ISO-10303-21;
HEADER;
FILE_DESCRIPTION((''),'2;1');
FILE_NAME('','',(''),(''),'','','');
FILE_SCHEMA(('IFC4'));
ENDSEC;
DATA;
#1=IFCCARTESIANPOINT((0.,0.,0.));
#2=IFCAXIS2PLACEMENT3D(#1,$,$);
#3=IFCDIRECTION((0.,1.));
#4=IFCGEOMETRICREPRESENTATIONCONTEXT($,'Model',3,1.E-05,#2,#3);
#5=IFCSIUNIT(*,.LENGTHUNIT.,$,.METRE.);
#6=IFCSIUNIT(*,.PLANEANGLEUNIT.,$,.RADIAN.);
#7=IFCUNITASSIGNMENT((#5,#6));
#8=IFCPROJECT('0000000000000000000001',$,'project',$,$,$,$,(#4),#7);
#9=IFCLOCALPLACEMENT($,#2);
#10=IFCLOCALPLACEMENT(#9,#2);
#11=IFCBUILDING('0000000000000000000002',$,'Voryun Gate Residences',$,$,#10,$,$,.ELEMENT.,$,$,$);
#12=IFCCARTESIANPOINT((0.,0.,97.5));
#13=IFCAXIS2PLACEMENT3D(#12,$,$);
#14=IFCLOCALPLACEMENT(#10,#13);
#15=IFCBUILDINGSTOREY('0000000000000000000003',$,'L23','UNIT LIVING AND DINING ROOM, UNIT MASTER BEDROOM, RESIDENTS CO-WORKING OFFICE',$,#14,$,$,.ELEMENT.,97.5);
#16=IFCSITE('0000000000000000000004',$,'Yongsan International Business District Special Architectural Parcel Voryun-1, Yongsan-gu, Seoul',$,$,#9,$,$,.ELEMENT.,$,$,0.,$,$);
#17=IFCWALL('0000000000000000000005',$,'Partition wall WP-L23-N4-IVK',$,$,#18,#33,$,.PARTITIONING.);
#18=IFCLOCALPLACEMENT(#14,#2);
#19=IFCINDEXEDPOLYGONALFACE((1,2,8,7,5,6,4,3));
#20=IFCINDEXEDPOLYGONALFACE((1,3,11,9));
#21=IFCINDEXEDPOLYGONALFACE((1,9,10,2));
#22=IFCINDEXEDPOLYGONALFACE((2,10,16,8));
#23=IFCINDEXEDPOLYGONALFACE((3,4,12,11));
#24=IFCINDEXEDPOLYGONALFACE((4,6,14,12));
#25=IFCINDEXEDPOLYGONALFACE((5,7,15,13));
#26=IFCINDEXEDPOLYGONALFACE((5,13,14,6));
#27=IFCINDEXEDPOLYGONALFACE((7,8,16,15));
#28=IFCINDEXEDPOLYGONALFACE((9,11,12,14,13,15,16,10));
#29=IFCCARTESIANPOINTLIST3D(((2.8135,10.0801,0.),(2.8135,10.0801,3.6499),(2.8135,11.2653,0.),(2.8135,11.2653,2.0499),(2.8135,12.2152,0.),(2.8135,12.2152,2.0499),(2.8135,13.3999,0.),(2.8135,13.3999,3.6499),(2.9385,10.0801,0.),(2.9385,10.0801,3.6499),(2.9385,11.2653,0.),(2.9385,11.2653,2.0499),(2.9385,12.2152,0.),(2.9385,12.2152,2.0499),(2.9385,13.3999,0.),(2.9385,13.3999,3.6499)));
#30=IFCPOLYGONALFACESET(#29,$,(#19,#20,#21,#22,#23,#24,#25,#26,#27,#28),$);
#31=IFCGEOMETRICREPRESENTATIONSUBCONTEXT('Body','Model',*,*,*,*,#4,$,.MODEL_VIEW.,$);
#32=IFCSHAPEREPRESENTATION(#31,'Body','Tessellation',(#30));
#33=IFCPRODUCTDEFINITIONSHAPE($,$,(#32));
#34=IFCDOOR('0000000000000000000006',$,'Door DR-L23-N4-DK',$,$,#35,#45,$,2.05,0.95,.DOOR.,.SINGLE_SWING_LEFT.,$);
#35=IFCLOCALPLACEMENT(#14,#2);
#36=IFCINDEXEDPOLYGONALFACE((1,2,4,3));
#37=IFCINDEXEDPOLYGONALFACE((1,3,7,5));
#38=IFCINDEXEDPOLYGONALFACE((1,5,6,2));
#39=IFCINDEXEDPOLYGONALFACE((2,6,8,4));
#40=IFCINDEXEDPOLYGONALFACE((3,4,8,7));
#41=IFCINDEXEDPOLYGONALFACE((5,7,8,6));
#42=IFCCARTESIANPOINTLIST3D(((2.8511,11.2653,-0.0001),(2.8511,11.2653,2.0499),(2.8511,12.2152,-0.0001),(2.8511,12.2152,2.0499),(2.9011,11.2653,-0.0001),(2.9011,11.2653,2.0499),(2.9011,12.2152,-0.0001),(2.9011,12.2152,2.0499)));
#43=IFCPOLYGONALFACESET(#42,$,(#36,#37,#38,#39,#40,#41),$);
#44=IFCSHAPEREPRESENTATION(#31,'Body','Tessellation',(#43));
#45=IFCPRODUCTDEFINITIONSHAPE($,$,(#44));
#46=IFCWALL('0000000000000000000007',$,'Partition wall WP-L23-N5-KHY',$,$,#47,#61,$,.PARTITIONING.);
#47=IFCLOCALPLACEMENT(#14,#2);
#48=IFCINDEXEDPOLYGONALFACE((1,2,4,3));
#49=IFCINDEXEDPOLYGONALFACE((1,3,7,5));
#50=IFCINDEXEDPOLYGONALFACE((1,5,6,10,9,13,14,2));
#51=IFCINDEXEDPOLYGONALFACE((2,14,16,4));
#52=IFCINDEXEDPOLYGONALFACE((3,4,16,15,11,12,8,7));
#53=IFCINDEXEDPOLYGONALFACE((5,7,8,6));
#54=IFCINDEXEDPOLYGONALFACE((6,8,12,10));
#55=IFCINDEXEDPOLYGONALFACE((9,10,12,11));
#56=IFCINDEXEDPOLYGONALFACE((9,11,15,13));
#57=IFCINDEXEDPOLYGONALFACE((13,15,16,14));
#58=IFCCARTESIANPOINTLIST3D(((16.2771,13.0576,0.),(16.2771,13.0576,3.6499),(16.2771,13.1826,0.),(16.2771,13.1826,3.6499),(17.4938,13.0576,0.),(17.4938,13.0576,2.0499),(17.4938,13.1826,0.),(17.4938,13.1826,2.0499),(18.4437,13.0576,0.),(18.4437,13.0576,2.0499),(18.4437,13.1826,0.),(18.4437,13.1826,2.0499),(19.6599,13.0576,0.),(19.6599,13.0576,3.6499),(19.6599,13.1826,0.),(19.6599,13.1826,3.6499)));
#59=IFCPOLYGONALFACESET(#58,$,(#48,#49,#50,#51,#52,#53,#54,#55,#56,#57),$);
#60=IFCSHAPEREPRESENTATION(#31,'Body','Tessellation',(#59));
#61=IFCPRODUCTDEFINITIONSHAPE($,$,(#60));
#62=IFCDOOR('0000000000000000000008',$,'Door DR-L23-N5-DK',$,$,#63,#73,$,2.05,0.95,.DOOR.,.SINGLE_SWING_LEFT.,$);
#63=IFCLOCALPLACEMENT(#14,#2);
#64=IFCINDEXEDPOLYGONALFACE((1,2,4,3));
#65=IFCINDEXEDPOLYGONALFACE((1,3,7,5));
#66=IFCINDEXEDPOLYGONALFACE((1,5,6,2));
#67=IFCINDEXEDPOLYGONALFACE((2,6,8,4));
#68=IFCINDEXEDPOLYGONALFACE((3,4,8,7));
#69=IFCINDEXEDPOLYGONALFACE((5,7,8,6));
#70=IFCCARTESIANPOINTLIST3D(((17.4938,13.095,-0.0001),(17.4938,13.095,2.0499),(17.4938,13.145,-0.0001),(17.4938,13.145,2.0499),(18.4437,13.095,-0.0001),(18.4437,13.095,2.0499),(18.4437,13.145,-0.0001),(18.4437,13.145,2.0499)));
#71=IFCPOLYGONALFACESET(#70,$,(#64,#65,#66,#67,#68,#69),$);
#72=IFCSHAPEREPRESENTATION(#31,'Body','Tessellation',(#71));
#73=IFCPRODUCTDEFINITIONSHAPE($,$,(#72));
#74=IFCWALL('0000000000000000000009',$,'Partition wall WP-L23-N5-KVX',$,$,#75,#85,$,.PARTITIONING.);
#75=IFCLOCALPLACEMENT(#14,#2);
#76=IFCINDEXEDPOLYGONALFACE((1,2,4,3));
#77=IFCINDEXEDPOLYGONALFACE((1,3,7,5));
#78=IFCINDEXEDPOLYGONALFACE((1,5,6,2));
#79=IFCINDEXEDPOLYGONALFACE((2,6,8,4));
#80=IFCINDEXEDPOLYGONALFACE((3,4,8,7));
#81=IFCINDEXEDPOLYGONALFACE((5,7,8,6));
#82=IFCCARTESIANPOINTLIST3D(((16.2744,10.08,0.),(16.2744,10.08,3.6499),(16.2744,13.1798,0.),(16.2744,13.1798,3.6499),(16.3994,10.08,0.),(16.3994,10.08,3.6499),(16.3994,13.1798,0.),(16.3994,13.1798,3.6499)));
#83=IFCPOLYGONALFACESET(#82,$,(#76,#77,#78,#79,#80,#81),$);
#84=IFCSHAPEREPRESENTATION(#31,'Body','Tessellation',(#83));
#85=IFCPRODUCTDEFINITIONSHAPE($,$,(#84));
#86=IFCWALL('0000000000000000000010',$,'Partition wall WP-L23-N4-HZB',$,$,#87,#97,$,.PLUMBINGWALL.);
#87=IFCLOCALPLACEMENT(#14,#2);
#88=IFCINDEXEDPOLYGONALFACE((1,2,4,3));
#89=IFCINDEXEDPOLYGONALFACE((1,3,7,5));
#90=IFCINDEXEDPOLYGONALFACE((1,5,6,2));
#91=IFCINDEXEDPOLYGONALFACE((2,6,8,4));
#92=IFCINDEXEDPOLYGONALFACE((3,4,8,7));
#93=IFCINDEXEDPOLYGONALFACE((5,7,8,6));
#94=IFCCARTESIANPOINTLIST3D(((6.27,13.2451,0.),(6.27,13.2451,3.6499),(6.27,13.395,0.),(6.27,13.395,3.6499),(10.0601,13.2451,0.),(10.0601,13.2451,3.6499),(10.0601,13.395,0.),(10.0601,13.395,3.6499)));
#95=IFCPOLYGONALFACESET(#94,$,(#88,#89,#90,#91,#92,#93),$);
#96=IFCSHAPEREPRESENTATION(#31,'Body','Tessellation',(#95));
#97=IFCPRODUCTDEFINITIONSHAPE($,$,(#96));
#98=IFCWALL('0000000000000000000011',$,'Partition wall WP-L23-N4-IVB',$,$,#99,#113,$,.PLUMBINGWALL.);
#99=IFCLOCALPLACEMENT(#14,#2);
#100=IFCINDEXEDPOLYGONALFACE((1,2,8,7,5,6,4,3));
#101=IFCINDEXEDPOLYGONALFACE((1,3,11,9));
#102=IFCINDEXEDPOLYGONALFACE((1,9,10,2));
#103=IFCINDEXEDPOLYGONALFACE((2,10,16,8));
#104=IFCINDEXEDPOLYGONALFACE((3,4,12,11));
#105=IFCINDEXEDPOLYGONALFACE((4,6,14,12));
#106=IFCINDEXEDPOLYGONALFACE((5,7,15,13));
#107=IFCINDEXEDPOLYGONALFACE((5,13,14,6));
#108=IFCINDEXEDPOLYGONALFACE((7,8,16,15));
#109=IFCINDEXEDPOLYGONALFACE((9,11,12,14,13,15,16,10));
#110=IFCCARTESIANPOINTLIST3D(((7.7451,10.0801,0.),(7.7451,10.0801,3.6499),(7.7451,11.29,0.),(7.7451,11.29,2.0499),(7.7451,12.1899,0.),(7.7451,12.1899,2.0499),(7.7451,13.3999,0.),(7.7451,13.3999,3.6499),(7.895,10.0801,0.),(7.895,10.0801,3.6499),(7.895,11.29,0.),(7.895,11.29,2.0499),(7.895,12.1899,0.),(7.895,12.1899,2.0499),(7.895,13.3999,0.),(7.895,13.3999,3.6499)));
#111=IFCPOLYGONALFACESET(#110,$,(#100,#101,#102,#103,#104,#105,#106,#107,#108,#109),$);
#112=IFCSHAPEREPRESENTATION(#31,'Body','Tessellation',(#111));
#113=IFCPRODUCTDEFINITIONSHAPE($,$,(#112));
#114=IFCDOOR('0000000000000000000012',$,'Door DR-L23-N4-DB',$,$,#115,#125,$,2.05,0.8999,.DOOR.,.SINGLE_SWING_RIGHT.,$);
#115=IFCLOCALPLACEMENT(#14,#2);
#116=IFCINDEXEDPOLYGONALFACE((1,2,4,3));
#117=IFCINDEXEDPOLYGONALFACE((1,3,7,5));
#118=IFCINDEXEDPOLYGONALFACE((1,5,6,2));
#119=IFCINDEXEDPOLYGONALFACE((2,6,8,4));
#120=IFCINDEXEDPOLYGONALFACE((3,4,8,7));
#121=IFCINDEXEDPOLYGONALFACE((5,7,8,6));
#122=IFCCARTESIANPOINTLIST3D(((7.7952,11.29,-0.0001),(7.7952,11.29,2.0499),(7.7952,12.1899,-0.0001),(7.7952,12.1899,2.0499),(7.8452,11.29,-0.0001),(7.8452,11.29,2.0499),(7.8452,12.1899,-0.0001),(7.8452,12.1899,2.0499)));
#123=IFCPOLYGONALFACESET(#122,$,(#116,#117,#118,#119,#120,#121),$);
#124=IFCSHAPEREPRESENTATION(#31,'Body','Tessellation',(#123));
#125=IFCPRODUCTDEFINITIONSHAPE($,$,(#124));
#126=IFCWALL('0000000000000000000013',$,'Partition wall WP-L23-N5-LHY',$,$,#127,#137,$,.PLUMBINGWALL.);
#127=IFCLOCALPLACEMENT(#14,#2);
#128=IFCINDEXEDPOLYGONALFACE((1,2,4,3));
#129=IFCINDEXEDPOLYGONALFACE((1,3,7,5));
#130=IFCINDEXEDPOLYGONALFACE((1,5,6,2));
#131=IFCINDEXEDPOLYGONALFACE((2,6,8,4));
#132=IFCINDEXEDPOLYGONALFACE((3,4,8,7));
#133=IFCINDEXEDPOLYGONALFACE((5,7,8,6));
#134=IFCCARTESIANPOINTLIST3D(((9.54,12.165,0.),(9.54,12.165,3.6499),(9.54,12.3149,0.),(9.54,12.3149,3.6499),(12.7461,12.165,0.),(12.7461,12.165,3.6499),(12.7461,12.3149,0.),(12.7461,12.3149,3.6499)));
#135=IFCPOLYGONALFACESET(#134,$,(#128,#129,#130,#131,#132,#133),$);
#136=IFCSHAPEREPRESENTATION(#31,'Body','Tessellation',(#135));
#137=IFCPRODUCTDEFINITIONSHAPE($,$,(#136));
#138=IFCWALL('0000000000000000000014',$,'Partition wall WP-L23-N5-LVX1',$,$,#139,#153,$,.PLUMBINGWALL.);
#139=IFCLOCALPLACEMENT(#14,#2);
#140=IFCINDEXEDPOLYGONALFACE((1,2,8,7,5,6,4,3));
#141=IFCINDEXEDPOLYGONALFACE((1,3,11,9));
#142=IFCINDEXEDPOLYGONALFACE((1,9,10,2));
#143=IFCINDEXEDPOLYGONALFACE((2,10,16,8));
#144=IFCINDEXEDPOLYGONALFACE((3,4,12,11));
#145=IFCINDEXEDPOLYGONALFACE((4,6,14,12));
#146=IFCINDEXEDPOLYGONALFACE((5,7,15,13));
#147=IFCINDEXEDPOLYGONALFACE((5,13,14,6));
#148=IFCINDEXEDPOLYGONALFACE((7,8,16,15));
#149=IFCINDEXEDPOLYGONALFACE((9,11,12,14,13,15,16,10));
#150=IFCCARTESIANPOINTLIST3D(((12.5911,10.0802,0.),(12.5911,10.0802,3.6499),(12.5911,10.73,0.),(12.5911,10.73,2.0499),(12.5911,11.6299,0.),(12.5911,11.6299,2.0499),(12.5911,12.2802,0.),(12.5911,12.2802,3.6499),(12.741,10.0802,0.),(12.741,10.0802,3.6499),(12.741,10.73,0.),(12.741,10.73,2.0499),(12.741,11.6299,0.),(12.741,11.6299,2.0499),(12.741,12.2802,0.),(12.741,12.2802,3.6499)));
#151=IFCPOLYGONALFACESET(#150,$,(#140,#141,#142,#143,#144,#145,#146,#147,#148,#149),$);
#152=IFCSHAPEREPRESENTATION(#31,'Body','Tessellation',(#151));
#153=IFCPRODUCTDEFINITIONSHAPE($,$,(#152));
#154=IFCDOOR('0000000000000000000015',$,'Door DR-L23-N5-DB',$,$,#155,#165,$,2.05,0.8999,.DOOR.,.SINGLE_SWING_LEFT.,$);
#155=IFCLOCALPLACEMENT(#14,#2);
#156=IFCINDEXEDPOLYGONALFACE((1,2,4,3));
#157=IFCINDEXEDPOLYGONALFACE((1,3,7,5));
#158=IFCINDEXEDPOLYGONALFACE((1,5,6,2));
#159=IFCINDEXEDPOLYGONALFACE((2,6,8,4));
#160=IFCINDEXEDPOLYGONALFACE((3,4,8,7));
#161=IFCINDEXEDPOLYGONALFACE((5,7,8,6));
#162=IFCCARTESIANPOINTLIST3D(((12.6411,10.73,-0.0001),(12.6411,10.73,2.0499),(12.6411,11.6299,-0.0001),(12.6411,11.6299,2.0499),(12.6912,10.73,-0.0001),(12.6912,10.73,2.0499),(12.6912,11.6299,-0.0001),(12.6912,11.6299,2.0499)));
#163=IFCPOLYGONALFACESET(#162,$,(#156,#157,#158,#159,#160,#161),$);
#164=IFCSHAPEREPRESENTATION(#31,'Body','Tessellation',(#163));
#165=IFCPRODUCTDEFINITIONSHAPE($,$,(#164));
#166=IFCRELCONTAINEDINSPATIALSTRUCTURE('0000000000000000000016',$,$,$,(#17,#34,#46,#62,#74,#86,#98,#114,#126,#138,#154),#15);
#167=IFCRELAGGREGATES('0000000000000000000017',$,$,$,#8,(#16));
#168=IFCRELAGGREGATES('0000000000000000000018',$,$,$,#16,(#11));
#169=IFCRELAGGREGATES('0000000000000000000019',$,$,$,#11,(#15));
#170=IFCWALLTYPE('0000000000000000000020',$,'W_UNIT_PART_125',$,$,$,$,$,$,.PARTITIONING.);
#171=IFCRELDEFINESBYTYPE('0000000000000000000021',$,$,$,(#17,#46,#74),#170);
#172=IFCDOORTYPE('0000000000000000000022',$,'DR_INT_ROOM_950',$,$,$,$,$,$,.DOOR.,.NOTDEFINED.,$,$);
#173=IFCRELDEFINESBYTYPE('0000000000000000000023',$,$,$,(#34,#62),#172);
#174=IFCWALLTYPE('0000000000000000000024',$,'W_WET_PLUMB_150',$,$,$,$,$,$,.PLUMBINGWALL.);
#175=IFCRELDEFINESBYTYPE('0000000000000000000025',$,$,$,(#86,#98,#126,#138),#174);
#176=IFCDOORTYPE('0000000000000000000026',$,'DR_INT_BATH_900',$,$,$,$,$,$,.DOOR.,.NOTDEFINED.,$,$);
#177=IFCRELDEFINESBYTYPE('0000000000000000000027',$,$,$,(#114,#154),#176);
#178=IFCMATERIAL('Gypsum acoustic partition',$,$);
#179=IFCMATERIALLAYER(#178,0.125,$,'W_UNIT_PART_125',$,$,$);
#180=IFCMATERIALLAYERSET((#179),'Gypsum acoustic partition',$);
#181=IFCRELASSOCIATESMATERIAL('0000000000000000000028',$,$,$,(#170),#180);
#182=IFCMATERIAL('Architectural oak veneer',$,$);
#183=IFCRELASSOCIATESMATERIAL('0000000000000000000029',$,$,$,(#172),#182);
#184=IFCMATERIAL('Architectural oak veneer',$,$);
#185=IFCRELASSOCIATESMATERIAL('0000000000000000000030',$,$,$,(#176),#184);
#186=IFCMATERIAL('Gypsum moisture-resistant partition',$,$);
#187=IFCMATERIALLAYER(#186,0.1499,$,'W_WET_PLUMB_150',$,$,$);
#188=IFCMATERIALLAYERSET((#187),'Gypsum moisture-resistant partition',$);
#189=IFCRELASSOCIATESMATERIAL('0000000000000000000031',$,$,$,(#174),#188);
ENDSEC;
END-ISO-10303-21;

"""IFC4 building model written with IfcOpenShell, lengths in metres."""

from ifc_helpers import new_model, si_unit, direction, frame, frame_2d, origin, place, context, subcontext, project, spatial, rectangle, extrude, material, layer, layer_set, type_object, element, fill, save


model = new_model("IFC4")

# Units and contexts
model_context = context("Model", 3, precision=1e-05, world=origin(), true_north=direction((0.0, 1.0)))
body_context = subcontext(model_context, "Body", "Model", "MODEL_VIEW")
ifc_project = project(units=[si_unit("LENGTHUNIT", "METRE"), si_unit("PLANEANGLEUNIT", "RADIAN")], contexts=[model_context])

# Site, building, storey
site_placement = place(None, origin())
site = spatial("IfcSite", under=ifc_project, at=site_placement, Name="Yongsan International Business District Special Architectural Parcel Voryun-1, Yongsan-gu, Seoul", CompositionType="ELEMENT", RefElevation=0.0)
building_placement = place(site_placement, origin())
building = spatial("IfcBuilding", under=site, at=building_placement, Name="Voryun Gate Residences", CompositionType="ELEMENT")
storey_placement = place(building_placement, frame((0.0, 0.0, 97.5)))
storey = spatial("IfcBuildingStorey", under=building, at=storey_placement, Name="L23", Description="UNIT LIVING AND DINING ROOM, UNIT MASTER BEDROOM, RESIDENTS CO-WORKING OFFICE", CompositionType="ELEMENT", Elevation=97.5)

# Walls, openings, doors
ifc_material_1 = material(Name="Gypsum acoustic partition")
ifc_layer_1 = layer(ifc_material_1, 0.125, Name="W_UNIT_PART_125")
ifc_layer_set_1 = layer_set([ifc_layer_1], Name="Gypsum acoustic partition")
wall_type_1 = type_object("IfcWallType", Name="W_UNIT_PART_125", PredefinedType="PARTITIONING", material=ifc_layer_set_1)
ifc_material_2 = material(Name="Architectural oak veneer")
door_type_1 = type_object("IfcDoorType", Name="DR_INT_ROOM_950", OperationType="NOTDEFINED", PredefinedType="DOOR", material=ifc_material_2)
ifc_material_3 = material(Name="Architectural oak veneer")
door_type_2 = type_object("IfcDoorType", Name="DR_INT_BATH_900", OperationType="NOTDEFINED", PredefinedType="DOOR", material=ifc_material_3)
wall_1_placement = place(storey_placement, frame((2.876, 10.0801, 0.0), z_axis=(0.0, 0.0, 1.0), x_axis=(0.0, 1.0, 0.0)))
wall_1 = element("IfcWall", 1, at=wall_1_placement, inside=storey, type_object=wall_type_1, Name="Partition wall WP-L23-N4-IVK", PredefinedType="PARTITIONING", context=body_context, shape_type="SweptSolid", body=[
    extrude(rectangle(XDim=3.3198, YDim=0.125, at=frame_2d((1.6599, 0.0))), origin(), (0.0, 0.0, 1.0), 3.6499),
])
opening_1_placement = place(wall_1_placement, frame((1.1851, 0.0, 0.0)))
opening_1 = element("IfcOpeningElement", 2, at=opening_1_placement, cuts=wall_1, PredefinedType="OPENING", context=body_context, shape_type="SweptSolid", body=[
    extrude(rectangle(XDim=0.95, YDim=2.05, at=frame_2d((0.4751, 1.0249))), frame((0.0, 0.0725, 0.0), z_axis=(0.0, -1.0, 0.0), x_axis=(1.0, 0.0, 0.0)), (0.0, 0.0, 1.0), 0.145),
])
door_1_placement = place(opening_1_placement, origin())
door_1 = element("IfcDoor", 3, at=door_1_placement, inside=storey, type_object=door_type_1, Name="Door DR-L23-N4-DK", OperationType="SINGLE_SWING_LEFT", OverallHeight=2.05, OverallWidth=0.95, PredefinedType="DOOR", context=body_context, shape_type="SweptSolid", body=[
    extrude(rectangle(XDim=0.95, YDim=2.05, at=frame_2d((0.4751, 1.0249))), frame((0.0, 0.0249, 0.0), z_axis=(0.0, -1.0, 0.0), x_axis=(1.0, 0.0, 0.0)), (0.0, 0.0, 1.0), 0.05),
])
fill(opening_1, door_1)
wall_2_placement = place(storey_placement, frame((16.2771, 13.1201, 0.0), z_axis=(0.0, 0.0, 1.0), x_axis=(1.0, 0.0, 0.0)))
wall_2 = element("IfcWall", 4, at=wall_2_placement, inside=storey, type_object=wall_type_1, Name="Partition wall WP-L23-N5-KHY", PredefinedType="PARTITIONING", context=body_context, shape_type="SweptSolid", body=[
    extrude(rectangle(XDim=3.3828, YDim=0.125, at=frame_2d((1.6914, 0.0))), origin(), (0.0, 0.0, 1.0), 3.6499),
])
opening_2_placement = place(wall_2_placement, frame((1.2166, 0.0, 0.0)))
opening_2 = element("IfcOpeningElement", 5, at=opening_2_placement, cuts=wall_2, PredefinedType="OPENING", context=body_context, shape_type="SweptSolid", body=[
    extrude(rectangle(XDim=0.95, YDim=2.05, at=frame_2d((0.4751, 1.0249))), frame((0.0, 0.0725, 0.0), z_axis=(0.0, -1.0, 0.0), x_axis=(1.0, 0.0, 0.0)), (0.0, 0.0, 1.0), 0.145),
])
door_2_placement = place(opening_2_placement, origin())
door_2 = element("IfcDoor", 6, at=door_2_placement, inside=storey, type_object=door_type_1, Name="Door DR-L23-N5-DK", OperationType="SINGLE_SWING_LEFT", OverallHeight=2.05, OverallWidth=0.95, PredefinedType="DOOR", context=body_context, shape_type="SweptSolid", body=[
    extrude(rectangle(XDim=0.95, YDim=2.05, at=frame_2d((0.4751, 1.0249))), frame((0.0, 0.0249, 0.0), z_axis=(0.0, -1.0, 0.0), x_axis=(1.0, 0.0, 0.0)), (0.0, 0.0, 1.0), 0.05),
])
fill(opening_2, door_2)

# Walls
wall_3_placement = place(storey_placement, frame((16.3369, 10.0801, 0.0), z_axis=(0.0, 0.0, 1.0), x_axis=(0.0, 1.0, 0.0)))
element("IfcWall", 7, at=wall_3_placement, inside=storey, type_object=wall_type_1, Name="Partition wall WP-L23-N5-KVX", PredefinedType="PARTITIONING", context=body_context, shape_type="SweptSolid", body=[
    extrude(rectangle(XDim=3.0999, YDim=0.125, at=frame_2d((1.5498, 0.0))), origin(), (0.0, 0.0, 1.0), 3.6499),
])
ifc_material_4 = material(Name="Gypsum moisture-resistant partition")
ifc_layer_2 = layer(ifc_material_4, 0.1499, Name="W_WET_PLUMB_150")
ifc_layer_set_2 = layer_set([ifc_layer_2], Name="Gypsum moisture-resistant partition")
wall_type_2 = type_object("IfcWallType", Name="W_WET_PLUMB_150", PredefinedType="PLUMBINGWALL", material=ifc_layer_set_2)
wall_4_placement = place(storey_placement, frame((6.27, 13.3201, 0.0), z_axis=(0.0, 0.0, 1.0), x_axis=(1.0, 0.0, 0.0)))
element("IfcWall", 8, at=wall_4_placement, inside=storey, type_object=wall_type_2, Name="Partition wall WP-L23-N4-HZB", PredefinedType="PLUMBINGWALL", context=body_context, shape_type="SweptSolid", body=[
    extrude(rectangle(XDim=3.79, YDim=0.1499, at=frame_2d((1.895, 0.0))), origin(), (0.0, 0.0, 1.0), 3.6499),
])

# Wall, opening, door
wall_5_placement = place(storey_placement, frame((7.8201, 10.0801, 0.0), z_axis=(0.0, 0.0, 1.0), x_axis=(0.0, 1.0, 0.0)))
wall_5 = element("IfcWall", 9, at=wall_5_placement, inside=storey, type_object=wall_type_2, Name="Partition wall WP-L23-N4-IVB", PredefinedType="PLUMBINGWALL", context=body_context, shape_type="SweptSolid", body=[
    extrude(rectangle(XDim=3.3198, YDim=0.1499, at=frame_2d((1.6599, 0.0))), origin(), (0.0, 0.0, 1.0), 3.6499),
])
opening_3_placement = place(wall_5_placement, frame((1.21, 0.0, 0.0)))
opening_3 = element("IfcOpeningElement", 10, at=opening_3_placement, cuts=wall_5, PredefinedType="OPENING", context=body_context, shape_type="SweptSolid", body=[
    extrude(rectangle(XDim=0.8999, YDim=2.05, at=frame_2d((0.45, 1.0249))), frame((0.0, 0.085, 0.0), z_axis=(0.0, -1.0, 0.0), x_axis=(1.0, 0.0, 0.0)), (0.0, 0.0, 1.0), 0.1699),
])
door_3_placement = place(opening_3_placement, origin())
door_3 = element("IfcDoor", 11, at=door_3_placement, inside=storey, type_object=door_type_2, Name="Door DR-L23-N4-DB", OperationType="SINGLE_SWING_RIGHT", OverallHeight=2.05, OverallWidth=0.8999, PredefinedType="DOOR", context=body_context, shape_type="SweptSolid", body=[
    extrude(rectangle(XDim=0.8999, YDim=2.05, at=frame_2d((0.45, 1.0249))), frame((0.0, 0.0249, 0.0), z_axis=(0.0, -1.0, 0.0), x_axis=(1.0, 0.0, 0.0)), (0.0, 0.0, 1.0), 0.05),
])
fill(opening_3, door_3)

# Wall
wall_6_placement = place(storey_placement, frame((9.54, 12.24, 0.0), z_axis=(0.0, 0.0, 1.0), x_axis=(1.0, 0.0, 0.0)))
element("IfcWall", 12, at=wall_6_placement, inside=storey, type_object=wall_type_2, Name="Partition wall WP-L23-N5-LHY", PredefinedType="PLUMBINGWALL", context=body_context, shape_type="SweptSolid", body=[
    extrude(rectangle(XDim=3.2061, YDim=0.1499, at=frame_2d((1.603, 0.0))), origin(), (0.0, 0.0, 1.0), 3.6499),
])

# Wall, opening, door
wall_7_placement = place(storey_placement, frame((12.666, 10.0801, 0.0), z_axis=(0.0, 0.0, 1.0), x_axis=(0.0, 1.0, 0.0)))
wall_7 = element("IfcWall", 13, at=wall_7_placement, inside=storey, type_object=wall_type_2, Name="Partition wall WP-L23-N5-LVX1", PredefinedType="PLUMBINGWALL", context=body_context, shape_type="SweptSolid", body=[
    extrude(rectangle(XDim=2.2, YDim=0.1499, at=frame_2d((1.1001, 0.0))), origin(), (0.0, 0.0, 1.0), 3.6499),
])
opening_4_placement = place(wall_7_placement, frame((0.6499, 0.0, 0.0)))
opening_4 = element("IfcOpeningElement", 14, at=opening_4_placement, cuts=wall_7, PredefinedType="OPENING", context=body_context, shape_type="SweptSolid", body=[
    extrude(rectangle(XDim=0.8999, YDim=2.05, at=frame_2d((0.45, 1.0249))), frame((0.0, 0.085, 0.0), z_axis=(0.0, -1.0, 0.0), x_axis=(1.0, 0.0, 0.0)), (0.0, 0.0, 1.0), 0.1699),
])
door_4_placement = place(opening_4_placement, origin())
door_4 = element("IfcDoor", 15, at=door_4_placement, inside=storey, type_object=door_type_2, Name="Door DR-L23-N5-DB", OperationType="SINGLE_SWING_LEFT", OverallHeight=2.05, OverallWidth=0.8999, PredefinedType="DOOR", context=body_context, shape_type="SweptSolid", body=[
    extrude(rectangle(XDim=0.8999, YDim=2.05, at=frame_2d((0.45, 1.0249))), frame((0.0, 0.0249, 0.0), z_axis=(0.0, -1.0, 0.0), x_axis=(1.0, 0.0, 0.0)), (0.0, 0.0, 1.0), 0.05),
])
fill(opening_4, door_4)

save(model, "model.ifc")
